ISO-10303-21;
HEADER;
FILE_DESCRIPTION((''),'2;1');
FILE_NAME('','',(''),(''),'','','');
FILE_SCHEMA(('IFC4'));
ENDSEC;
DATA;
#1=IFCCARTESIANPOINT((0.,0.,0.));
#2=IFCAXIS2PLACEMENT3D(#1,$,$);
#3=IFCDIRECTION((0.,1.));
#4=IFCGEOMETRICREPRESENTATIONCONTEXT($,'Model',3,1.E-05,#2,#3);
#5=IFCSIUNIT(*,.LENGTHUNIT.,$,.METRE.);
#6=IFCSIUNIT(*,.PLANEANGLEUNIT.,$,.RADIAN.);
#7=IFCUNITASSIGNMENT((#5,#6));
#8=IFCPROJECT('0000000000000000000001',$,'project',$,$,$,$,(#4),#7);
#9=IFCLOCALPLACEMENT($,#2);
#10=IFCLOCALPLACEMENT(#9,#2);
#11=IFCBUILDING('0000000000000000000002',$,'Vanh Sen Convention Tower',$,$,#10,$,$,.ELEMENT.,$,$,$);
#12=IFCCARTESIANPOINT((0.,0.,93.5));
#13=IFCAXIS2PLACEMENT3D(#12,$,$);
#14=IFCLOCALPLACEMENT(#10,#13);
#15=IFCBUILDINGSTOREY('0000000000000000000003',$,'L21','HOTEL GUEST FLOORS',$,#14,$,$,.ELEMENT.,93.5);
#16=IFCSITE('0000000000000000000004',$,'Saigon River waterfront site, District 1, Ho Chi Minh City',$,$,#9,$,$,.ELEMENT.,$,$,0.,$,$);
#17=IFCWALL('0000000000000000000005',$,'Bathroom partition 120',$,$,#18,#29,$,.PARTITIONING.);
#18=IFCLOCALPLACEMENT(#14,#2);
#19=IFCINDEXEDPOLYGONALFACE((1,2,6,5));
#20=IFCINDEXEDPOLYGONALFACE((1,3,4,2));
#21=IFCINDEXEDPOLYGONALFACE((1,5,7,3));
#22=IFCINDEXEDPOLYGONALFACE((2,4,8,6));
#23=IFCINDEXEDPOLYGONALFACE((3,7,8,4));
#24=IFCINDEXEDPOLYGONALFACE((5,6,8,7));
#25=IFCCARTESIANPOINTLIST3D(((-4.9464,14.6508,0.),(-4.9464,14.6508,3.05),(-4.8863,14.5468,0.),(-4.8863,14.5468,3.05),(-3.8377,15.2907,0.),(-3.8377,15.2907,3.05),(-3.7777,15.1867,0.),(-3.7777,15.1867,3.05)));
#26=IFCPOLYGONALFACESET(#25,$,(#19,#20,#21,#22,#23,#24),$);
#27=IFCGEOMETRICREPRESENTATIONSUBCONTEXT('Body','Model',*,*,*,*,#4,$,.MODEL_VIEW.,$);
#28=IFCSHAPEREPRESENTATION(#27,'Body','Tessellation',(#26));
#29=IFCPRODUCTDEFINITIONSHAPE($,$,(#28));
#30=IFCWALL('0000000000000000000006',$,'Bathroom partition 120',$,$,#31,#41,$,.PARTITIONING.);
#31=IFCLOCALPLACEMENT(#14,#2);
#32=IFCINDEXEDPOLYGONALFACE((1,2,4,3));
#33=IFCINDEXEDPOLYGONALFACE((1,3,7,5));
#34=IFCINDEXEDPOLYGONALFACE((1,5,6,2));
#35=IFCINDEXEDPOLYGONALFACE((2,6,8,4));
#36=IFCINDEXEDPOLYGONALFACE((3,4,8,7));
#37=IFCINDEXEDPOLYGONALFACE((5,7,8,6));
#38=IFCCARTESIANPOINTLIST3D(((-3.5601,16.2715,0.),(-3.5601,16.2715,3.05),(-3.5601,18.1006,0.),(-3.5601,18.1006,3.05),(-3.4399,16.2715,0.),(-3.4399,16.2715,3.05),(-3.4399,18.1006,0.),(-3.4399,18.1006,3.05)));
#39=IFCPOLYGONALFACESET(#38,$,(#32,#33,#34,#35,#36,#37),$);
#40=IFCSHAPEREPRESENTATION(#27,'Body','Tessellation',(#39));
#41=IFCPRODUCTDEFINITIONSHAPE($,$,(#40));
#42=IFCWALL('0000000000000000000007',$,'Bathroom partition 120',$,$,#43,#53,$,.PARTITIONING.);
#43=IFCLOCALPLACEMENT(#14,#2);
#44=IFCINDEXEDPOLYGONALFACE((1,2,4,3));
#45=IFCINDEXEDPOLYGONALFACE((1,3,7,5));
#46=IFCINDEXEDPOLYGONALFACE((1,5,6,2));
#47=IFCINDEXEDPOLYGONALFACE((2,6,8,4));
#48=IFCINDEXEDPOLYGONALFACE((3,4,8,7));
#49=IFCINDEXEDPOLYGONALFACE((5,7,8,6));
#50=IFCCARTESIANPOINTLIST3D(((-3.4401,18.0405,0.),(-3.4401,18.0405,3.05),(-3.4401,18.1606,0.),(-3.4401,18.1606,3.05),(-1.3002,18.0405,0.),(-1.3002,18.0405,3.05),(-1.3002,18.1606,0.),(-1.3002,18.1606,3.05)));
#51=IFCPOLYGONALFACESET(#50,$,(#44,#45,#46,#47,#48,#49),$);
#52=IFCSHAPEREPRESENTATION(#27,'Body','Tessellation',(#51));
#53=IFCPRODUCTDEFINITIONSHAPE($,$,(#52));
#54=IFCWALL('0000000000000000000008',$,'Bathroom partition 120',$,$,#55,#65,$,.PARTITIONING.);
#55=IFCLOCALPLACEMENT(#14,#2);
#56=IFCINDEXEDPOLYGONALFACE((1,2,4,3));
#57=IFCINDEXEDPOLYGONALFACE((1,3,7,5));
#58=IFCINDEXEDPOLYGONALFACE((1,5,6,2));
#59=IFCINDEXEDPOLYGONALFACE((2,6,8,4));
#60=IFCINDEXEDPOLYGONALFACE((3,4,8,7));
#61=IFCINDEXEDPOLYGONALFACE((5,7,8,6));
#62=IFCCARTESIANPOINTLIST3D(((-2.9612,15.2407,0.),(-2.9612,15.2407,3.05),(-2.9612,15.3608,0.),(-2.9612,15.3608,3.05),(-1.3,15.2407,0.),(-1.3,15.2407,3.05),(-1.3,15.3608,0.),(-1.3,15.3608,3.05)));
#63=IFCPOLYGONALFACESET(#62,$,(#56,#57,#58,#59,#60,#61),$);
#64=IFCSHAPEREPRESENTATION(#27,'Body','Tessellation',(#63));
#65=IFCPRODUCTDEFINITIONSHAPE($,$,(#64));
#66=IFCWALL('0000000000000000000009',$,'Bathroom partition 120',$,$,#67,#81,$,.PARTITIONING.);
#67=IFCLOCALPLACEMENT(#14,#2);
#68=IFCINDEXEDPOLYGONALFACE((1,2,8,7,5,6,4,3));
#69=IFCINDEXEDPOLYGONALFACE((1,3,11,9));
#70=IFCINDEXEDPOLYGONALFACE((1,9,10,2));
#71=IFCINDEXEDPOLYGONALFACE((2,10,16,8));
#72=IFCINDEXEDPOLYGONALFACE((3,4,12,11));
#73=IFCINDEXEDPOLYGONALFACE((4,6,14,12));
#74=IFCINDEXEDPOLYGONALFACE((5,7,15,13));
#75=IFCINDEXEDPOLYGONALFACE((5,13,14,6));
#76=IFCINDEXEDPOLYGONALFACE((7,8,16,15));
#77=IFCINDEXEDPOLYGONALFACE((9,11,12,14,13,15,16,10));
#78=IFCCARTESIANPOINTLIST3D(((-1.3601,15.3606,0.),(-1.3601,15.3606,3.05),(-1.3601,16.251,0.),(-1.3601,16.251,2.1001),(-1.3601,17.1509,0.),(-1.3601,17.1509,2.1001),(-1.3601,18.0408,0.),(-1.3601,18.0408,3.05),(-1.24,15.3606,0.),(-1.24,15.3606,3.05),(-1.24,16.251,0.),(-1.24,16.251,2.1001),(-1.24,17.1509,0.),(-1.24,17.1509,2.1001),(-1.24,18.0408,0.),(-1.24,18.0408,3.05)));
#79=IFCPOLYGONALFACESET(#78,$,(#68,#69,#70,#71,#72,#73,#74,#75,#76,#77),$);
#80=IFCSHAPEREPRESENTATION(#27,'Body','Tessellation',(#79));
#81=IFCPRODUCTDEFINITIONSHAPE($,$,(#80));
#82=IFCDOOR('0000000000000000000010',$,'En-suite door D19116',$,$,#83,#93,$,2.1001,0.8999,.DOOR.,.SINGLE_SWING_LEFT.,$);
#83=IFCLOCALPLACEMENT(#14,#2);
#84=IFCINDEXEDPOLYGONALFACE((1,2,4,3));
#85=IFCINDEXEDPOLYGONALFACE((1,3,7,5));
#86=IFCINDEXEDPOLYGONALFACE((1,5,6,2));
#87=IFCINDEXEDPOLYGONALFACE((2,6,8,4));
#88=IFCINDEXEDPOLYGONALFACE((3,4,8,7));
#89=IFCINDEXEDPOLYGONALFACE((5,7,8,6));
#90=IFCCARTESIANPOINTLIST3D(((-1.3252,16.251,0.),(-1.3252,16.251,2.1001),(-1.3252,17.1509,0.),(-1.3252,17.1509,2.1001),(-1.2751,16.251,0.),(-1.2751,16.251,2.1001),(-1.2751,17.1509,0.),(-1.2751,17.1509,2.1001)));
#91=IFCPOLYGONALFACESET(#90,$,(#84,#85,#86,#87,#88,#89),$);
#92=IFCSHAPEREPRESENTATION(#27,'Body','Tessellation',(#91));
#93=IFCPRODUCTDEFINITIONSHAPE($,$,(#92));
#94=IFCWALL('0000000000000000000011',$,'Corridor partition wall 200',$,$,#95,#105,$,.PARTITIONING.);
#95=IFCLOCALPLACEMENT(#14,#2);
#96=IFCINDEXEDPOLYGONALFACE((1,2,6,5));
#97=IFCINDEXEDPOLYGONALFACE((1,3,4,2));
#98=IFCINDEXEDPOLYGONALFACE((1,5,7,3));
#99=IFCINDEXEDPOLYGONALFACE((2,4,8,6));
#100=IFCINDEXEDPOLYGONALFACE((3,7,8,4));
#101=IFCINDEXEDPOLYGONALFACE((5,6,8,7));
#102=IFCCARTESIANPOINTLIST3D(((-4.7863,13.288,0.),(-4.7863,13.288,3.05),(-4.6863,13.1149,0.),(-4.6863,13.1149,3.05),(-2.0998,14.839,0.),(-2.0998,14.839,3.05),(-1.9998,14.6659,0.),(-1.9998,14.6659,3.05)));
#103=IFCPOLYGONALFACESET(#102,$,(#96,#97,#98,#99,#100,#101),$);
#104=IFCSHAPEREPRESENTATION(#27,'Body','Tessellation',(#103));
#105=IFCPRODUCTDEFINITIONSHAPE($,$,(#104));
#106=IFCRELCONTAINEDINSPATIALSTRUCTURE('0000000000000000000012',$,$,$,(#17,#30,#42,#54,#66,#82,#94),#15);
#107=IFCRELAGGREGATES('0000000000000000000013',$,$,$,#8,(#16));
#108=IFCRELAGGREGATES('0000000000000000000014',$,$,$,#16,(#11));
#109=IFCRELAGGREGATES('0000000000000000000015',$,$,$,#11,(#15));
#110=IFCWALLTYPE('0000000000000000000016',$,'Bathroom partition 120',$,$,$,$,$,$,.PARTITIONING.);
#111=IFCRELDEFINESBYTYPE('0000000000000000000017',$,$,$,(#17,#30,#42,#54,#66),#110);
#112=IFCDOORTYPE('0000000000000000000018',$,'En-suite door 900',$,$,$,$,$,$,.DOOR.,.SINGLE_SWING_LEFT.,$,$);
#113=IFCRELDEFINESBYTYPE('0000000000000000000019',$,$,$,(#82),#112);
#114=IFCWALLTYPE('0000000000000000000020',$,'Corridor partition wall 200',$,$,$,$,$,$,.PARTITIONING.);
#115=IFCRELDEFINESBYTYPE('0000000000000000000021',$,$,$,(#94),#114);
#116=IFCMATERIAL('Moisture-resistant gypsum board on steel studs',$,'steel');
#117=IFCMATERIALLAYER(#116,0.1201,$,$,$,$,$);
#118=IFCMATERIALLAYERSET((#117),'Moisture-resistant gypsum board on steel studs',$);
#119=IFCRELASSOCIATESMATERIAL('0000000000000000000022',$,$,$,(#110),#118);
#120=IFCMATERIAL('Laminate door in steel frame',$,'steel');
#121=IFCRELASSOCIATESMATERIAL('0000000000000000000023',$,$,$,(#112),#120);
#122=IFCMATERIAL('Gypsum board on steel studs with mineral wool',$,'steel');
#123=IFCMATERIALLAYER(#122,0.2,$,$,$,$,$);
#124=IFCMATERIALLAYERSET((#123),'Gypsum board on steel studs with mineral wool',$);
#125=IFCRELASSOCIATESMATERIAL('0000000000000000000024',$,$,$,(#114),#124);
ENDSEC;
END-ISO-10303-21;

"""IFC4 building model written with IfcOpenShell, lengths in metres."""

from ifc_helpers import new_model, si_unit, direction, frame, frame_2d, origin, place, context, subcontext, project, spatial, rectangle, extrude, material, layer, layer_set, type_object, element, fill, save


model = new_model("IFC4")

# Units and contexts
model_context = context("Model", 3, precision=1e-05, world=origin(), true_north=direction((0.0, 1.0)))
body_context = subcontext(model_context, "Body", "Model", "MODEL_VIEW")
ifc_project = project(units=[si_unit("LENGTHUNIT", "METRE"), si_unit("PLANEANGLEUNIT", "RADIAN")], contexts=[model_context])

# Site, building, storey
site_placement = place(None, origin())
site = spatial("IfcSite", under=ifc_project, at=site_placement, Name="Saigon River waterfront site, District 1, Ho Chi Minh City", CompositionType="ELEMENT", RefElevation=0.0)
building_placement = place(site_placement, origin())
building = spatial("IfcBuilding", under=site, at=building_placement, Name="Vanh Sen Convention Tower", CompositionType="ELEMENT")
storey_placement = place(building_placement, frame((0.0, 0.0, 93.5)))
storey = spatial("IfcBuildingStorey", under=building, at=storey_placement, Name="L21", Description="HOTEL GUEST FLOORS", CompositionType="ELEMENT", Elevation=93.5)

# Walls
ifc_material_1 = material(Name="Moisture-resistant gypsum board on steel studs", Category="steel")
ifc_layer_1 = layer(ifc_material_1, 0.1201)
ifc_layer_set_1 = layer_set([ifc_layer_1], Name="Moisture-resistant gypsum board on steel studs")
wall_type_1 = type_object("IfcWallType", Name="Bathroom partition 120", PredefinedType="PARTITIONING", material=ifc_layer_set_1)
wall_1_placement = place(storey_placement, frame((-3.8076, 15.2388, 0.0), z_axis=(0.0, 0.0, 1.0), x_axis=(-0.866087, -0.499893, 0.0)))
element("IfcWall", 1, at=wall_1_placement, inside=storey, type_object=wall_type_1, Name="Bathroom partition 120", PredefinedType="PARTITIONING", context=body_context, shape_type="SweptSolid", body=[
    extrude(rectangle(XDim=1.28, YDim=0.1201, at=frame_2d((0.6401, 0.0))), origin(), (0.0, 0.0, 1.0), 3.05),
])
wall_2_placement = place(storey_placement, frame((-3.5, 16.2715, 0.0), z_axis=(0.0, 0.0, 1.0), x_axis=(0.0, 1.0, 0.0)))
element("IfcWall", 2, at=wall_2_placement, inside=storey, type_object=wall_type_1, Name="Bathroom partition 120", PredefinedType="PARTITIONING", context=body_context, shape_type="SweptSolid", body=[
    extrude(rectangle(XDim=1.8291, YDim=0.1201, at=frame_2d((0.9146, 0.0))), origin(), (0.0, 0.0, 1.0), 3.05),
])
wall_3_placement = place(storey_placement, frame((-3.4399, 18.1006, 0.0), z_axis=(0.0, 0.0, 1.0), x_axis=(1.0, 0.0, 0.0)))
element("IfcWall", 3, at=wall_3_placement, inside=storey, type_object=wall_type_1, Name="Bathroom partition 120", PredefinedType="PARTITIONING", context=body_context, shape_type="SweptSolid", body=[
    extrude(rectangle(XDim=2.1399, YDim=0.1201, at=frame_2d((1.0698, 0.0))), origin(), (0.0, 0.0, 1.0), 3.05),
])
wall_4_placement = place(storey_placement, frame((-1.3, 15.3008, 0.0), z_axis=(0.0, 0.0, 1.0), x_axis=(-1.0, 0.0, 0.0)))
element("IfcWall", 4, at=wall_4_placement, inside=storey, type_object=wall_type_1, Name="Bathroom partition 120", PredefinedType="PARTITIONING", context=body_context, shape_type="SweptSolid", body=[
    extrude(rectangle(XDim=1.6611, YDim=0.1201, at=frame_2d((0.8306, 0.0))), origin(), (0.0, 0.0, 1.0), 3.05),
])

# Wall, opening, door
wall_5_placement = place(storey_placement, frame((-1.3, 18.0408, 0.0), z_axis=(0.0, 0.0, 1.0), x_axis=(0.0, -1.0, 0.0)))
wall_5 = element("IfcWall", 5, at=wall_5_placement, inside=storey, type_object=wall_type_1, Name="Bathroom partition 120", PredefinedType="PARTITIONING", context=body_context, shape_type="SweptSolid", body=[
    extrude(rectangle(XDim=2.6802, YDim=0.1201, at=frame_2d((1.3401, 0.0))), origin(), (0.0, 0.0, 1.0), 3.05),
])
opening_1_placement = place(wall_5_placement, frame((0.8899, 0.0, 0.0)))
opening_1 = element("IfcOpeningElement", 6, at=opening_1_placement, cuts=wall_5, PredefinedType="OPENING", context=body_context, shape_type="SweptSolid", body=[
    extrude(rectangle(XDim=0.8999, YDim=2.1001, at=frame_2d((0.45, 1.05))), frame((0.0, 0.0701, 0.0), z_axis=(0.0, -1.0, 0.0), x_axis=(1.0, 0.0, 0.0)), (0.0, 0.0, 1.0), 0.1401),
])
ifc_material_2 = material(Name="Laminate door in steel frame", Category="steel")
door_type = type_object("IfcDoorType", Name="En-suite door 900", OperationType="SINGLE_SWING_LEFT", PredefinedType="DOOR", material=ifc_material_2)
door_placement = place(opening_1_placement, origin())
door = element("IfcDoor", 7, at=door_placement, inside=storey, type_object=door_type, Name="En-suite door D19116", OperationType="SINGLE_SWING_LEFT", OverallHeight=2.1001, OverallWidth=0.8999, PredefinedType="DOOR", context=body_context, shape_type="SweptSolid", body=[
    extrude(rectangle(XDim=0.8999, YDim=2.1001, at=frame_2d((0.45, 1.05))), frame((0.0, 0.0249, 0.0), z_axis=(0.0, -1.0, 0.0), x_axis=(1.0, 0.0, 0.0)), (0.0, 0.0, 1.0), 0.05),
])
fill(opening_1, door)

# Wall
ifc_material_3 = material(Name="Gypsum board on steel studs with mineral wool", Category="steel")
ifc_layer_2 = layer(ifc_material_3, 0.2)
ifc_layer_set_2 = layer_set([ifc_layer_2], Name="Gypsum board on steel studs with mineral wool")
wall_type_2 = type_object("IfcWallType", Name="Corridor partition wall 200", PredefinedType="PARTITIONING", material=ifc_layer_set_2)
wall_6_placement = place(storey_placement, frame((-2.0498, 14.7524, 0.0), z_axis=(0.0, 0.0, 1.0), x_axis=(-0.866031, -0.49999, 0.0)))
element("IfcWall", 8, at=wall_6_placement, inside=storey, type_object=wall_type_2, Name="Corridor partition wall 200", PredefinedType="PARTITIONING", context=body_context, shape_type="SweptSolid", body=[
    extrude(rectangle(XDim=3.1021, YDim=0.2, at=frame_2d((1.551, 0.0))), origin(), (0.0, 0.0, 1.0), 3.05),
])

save(model, "model.ifc")
